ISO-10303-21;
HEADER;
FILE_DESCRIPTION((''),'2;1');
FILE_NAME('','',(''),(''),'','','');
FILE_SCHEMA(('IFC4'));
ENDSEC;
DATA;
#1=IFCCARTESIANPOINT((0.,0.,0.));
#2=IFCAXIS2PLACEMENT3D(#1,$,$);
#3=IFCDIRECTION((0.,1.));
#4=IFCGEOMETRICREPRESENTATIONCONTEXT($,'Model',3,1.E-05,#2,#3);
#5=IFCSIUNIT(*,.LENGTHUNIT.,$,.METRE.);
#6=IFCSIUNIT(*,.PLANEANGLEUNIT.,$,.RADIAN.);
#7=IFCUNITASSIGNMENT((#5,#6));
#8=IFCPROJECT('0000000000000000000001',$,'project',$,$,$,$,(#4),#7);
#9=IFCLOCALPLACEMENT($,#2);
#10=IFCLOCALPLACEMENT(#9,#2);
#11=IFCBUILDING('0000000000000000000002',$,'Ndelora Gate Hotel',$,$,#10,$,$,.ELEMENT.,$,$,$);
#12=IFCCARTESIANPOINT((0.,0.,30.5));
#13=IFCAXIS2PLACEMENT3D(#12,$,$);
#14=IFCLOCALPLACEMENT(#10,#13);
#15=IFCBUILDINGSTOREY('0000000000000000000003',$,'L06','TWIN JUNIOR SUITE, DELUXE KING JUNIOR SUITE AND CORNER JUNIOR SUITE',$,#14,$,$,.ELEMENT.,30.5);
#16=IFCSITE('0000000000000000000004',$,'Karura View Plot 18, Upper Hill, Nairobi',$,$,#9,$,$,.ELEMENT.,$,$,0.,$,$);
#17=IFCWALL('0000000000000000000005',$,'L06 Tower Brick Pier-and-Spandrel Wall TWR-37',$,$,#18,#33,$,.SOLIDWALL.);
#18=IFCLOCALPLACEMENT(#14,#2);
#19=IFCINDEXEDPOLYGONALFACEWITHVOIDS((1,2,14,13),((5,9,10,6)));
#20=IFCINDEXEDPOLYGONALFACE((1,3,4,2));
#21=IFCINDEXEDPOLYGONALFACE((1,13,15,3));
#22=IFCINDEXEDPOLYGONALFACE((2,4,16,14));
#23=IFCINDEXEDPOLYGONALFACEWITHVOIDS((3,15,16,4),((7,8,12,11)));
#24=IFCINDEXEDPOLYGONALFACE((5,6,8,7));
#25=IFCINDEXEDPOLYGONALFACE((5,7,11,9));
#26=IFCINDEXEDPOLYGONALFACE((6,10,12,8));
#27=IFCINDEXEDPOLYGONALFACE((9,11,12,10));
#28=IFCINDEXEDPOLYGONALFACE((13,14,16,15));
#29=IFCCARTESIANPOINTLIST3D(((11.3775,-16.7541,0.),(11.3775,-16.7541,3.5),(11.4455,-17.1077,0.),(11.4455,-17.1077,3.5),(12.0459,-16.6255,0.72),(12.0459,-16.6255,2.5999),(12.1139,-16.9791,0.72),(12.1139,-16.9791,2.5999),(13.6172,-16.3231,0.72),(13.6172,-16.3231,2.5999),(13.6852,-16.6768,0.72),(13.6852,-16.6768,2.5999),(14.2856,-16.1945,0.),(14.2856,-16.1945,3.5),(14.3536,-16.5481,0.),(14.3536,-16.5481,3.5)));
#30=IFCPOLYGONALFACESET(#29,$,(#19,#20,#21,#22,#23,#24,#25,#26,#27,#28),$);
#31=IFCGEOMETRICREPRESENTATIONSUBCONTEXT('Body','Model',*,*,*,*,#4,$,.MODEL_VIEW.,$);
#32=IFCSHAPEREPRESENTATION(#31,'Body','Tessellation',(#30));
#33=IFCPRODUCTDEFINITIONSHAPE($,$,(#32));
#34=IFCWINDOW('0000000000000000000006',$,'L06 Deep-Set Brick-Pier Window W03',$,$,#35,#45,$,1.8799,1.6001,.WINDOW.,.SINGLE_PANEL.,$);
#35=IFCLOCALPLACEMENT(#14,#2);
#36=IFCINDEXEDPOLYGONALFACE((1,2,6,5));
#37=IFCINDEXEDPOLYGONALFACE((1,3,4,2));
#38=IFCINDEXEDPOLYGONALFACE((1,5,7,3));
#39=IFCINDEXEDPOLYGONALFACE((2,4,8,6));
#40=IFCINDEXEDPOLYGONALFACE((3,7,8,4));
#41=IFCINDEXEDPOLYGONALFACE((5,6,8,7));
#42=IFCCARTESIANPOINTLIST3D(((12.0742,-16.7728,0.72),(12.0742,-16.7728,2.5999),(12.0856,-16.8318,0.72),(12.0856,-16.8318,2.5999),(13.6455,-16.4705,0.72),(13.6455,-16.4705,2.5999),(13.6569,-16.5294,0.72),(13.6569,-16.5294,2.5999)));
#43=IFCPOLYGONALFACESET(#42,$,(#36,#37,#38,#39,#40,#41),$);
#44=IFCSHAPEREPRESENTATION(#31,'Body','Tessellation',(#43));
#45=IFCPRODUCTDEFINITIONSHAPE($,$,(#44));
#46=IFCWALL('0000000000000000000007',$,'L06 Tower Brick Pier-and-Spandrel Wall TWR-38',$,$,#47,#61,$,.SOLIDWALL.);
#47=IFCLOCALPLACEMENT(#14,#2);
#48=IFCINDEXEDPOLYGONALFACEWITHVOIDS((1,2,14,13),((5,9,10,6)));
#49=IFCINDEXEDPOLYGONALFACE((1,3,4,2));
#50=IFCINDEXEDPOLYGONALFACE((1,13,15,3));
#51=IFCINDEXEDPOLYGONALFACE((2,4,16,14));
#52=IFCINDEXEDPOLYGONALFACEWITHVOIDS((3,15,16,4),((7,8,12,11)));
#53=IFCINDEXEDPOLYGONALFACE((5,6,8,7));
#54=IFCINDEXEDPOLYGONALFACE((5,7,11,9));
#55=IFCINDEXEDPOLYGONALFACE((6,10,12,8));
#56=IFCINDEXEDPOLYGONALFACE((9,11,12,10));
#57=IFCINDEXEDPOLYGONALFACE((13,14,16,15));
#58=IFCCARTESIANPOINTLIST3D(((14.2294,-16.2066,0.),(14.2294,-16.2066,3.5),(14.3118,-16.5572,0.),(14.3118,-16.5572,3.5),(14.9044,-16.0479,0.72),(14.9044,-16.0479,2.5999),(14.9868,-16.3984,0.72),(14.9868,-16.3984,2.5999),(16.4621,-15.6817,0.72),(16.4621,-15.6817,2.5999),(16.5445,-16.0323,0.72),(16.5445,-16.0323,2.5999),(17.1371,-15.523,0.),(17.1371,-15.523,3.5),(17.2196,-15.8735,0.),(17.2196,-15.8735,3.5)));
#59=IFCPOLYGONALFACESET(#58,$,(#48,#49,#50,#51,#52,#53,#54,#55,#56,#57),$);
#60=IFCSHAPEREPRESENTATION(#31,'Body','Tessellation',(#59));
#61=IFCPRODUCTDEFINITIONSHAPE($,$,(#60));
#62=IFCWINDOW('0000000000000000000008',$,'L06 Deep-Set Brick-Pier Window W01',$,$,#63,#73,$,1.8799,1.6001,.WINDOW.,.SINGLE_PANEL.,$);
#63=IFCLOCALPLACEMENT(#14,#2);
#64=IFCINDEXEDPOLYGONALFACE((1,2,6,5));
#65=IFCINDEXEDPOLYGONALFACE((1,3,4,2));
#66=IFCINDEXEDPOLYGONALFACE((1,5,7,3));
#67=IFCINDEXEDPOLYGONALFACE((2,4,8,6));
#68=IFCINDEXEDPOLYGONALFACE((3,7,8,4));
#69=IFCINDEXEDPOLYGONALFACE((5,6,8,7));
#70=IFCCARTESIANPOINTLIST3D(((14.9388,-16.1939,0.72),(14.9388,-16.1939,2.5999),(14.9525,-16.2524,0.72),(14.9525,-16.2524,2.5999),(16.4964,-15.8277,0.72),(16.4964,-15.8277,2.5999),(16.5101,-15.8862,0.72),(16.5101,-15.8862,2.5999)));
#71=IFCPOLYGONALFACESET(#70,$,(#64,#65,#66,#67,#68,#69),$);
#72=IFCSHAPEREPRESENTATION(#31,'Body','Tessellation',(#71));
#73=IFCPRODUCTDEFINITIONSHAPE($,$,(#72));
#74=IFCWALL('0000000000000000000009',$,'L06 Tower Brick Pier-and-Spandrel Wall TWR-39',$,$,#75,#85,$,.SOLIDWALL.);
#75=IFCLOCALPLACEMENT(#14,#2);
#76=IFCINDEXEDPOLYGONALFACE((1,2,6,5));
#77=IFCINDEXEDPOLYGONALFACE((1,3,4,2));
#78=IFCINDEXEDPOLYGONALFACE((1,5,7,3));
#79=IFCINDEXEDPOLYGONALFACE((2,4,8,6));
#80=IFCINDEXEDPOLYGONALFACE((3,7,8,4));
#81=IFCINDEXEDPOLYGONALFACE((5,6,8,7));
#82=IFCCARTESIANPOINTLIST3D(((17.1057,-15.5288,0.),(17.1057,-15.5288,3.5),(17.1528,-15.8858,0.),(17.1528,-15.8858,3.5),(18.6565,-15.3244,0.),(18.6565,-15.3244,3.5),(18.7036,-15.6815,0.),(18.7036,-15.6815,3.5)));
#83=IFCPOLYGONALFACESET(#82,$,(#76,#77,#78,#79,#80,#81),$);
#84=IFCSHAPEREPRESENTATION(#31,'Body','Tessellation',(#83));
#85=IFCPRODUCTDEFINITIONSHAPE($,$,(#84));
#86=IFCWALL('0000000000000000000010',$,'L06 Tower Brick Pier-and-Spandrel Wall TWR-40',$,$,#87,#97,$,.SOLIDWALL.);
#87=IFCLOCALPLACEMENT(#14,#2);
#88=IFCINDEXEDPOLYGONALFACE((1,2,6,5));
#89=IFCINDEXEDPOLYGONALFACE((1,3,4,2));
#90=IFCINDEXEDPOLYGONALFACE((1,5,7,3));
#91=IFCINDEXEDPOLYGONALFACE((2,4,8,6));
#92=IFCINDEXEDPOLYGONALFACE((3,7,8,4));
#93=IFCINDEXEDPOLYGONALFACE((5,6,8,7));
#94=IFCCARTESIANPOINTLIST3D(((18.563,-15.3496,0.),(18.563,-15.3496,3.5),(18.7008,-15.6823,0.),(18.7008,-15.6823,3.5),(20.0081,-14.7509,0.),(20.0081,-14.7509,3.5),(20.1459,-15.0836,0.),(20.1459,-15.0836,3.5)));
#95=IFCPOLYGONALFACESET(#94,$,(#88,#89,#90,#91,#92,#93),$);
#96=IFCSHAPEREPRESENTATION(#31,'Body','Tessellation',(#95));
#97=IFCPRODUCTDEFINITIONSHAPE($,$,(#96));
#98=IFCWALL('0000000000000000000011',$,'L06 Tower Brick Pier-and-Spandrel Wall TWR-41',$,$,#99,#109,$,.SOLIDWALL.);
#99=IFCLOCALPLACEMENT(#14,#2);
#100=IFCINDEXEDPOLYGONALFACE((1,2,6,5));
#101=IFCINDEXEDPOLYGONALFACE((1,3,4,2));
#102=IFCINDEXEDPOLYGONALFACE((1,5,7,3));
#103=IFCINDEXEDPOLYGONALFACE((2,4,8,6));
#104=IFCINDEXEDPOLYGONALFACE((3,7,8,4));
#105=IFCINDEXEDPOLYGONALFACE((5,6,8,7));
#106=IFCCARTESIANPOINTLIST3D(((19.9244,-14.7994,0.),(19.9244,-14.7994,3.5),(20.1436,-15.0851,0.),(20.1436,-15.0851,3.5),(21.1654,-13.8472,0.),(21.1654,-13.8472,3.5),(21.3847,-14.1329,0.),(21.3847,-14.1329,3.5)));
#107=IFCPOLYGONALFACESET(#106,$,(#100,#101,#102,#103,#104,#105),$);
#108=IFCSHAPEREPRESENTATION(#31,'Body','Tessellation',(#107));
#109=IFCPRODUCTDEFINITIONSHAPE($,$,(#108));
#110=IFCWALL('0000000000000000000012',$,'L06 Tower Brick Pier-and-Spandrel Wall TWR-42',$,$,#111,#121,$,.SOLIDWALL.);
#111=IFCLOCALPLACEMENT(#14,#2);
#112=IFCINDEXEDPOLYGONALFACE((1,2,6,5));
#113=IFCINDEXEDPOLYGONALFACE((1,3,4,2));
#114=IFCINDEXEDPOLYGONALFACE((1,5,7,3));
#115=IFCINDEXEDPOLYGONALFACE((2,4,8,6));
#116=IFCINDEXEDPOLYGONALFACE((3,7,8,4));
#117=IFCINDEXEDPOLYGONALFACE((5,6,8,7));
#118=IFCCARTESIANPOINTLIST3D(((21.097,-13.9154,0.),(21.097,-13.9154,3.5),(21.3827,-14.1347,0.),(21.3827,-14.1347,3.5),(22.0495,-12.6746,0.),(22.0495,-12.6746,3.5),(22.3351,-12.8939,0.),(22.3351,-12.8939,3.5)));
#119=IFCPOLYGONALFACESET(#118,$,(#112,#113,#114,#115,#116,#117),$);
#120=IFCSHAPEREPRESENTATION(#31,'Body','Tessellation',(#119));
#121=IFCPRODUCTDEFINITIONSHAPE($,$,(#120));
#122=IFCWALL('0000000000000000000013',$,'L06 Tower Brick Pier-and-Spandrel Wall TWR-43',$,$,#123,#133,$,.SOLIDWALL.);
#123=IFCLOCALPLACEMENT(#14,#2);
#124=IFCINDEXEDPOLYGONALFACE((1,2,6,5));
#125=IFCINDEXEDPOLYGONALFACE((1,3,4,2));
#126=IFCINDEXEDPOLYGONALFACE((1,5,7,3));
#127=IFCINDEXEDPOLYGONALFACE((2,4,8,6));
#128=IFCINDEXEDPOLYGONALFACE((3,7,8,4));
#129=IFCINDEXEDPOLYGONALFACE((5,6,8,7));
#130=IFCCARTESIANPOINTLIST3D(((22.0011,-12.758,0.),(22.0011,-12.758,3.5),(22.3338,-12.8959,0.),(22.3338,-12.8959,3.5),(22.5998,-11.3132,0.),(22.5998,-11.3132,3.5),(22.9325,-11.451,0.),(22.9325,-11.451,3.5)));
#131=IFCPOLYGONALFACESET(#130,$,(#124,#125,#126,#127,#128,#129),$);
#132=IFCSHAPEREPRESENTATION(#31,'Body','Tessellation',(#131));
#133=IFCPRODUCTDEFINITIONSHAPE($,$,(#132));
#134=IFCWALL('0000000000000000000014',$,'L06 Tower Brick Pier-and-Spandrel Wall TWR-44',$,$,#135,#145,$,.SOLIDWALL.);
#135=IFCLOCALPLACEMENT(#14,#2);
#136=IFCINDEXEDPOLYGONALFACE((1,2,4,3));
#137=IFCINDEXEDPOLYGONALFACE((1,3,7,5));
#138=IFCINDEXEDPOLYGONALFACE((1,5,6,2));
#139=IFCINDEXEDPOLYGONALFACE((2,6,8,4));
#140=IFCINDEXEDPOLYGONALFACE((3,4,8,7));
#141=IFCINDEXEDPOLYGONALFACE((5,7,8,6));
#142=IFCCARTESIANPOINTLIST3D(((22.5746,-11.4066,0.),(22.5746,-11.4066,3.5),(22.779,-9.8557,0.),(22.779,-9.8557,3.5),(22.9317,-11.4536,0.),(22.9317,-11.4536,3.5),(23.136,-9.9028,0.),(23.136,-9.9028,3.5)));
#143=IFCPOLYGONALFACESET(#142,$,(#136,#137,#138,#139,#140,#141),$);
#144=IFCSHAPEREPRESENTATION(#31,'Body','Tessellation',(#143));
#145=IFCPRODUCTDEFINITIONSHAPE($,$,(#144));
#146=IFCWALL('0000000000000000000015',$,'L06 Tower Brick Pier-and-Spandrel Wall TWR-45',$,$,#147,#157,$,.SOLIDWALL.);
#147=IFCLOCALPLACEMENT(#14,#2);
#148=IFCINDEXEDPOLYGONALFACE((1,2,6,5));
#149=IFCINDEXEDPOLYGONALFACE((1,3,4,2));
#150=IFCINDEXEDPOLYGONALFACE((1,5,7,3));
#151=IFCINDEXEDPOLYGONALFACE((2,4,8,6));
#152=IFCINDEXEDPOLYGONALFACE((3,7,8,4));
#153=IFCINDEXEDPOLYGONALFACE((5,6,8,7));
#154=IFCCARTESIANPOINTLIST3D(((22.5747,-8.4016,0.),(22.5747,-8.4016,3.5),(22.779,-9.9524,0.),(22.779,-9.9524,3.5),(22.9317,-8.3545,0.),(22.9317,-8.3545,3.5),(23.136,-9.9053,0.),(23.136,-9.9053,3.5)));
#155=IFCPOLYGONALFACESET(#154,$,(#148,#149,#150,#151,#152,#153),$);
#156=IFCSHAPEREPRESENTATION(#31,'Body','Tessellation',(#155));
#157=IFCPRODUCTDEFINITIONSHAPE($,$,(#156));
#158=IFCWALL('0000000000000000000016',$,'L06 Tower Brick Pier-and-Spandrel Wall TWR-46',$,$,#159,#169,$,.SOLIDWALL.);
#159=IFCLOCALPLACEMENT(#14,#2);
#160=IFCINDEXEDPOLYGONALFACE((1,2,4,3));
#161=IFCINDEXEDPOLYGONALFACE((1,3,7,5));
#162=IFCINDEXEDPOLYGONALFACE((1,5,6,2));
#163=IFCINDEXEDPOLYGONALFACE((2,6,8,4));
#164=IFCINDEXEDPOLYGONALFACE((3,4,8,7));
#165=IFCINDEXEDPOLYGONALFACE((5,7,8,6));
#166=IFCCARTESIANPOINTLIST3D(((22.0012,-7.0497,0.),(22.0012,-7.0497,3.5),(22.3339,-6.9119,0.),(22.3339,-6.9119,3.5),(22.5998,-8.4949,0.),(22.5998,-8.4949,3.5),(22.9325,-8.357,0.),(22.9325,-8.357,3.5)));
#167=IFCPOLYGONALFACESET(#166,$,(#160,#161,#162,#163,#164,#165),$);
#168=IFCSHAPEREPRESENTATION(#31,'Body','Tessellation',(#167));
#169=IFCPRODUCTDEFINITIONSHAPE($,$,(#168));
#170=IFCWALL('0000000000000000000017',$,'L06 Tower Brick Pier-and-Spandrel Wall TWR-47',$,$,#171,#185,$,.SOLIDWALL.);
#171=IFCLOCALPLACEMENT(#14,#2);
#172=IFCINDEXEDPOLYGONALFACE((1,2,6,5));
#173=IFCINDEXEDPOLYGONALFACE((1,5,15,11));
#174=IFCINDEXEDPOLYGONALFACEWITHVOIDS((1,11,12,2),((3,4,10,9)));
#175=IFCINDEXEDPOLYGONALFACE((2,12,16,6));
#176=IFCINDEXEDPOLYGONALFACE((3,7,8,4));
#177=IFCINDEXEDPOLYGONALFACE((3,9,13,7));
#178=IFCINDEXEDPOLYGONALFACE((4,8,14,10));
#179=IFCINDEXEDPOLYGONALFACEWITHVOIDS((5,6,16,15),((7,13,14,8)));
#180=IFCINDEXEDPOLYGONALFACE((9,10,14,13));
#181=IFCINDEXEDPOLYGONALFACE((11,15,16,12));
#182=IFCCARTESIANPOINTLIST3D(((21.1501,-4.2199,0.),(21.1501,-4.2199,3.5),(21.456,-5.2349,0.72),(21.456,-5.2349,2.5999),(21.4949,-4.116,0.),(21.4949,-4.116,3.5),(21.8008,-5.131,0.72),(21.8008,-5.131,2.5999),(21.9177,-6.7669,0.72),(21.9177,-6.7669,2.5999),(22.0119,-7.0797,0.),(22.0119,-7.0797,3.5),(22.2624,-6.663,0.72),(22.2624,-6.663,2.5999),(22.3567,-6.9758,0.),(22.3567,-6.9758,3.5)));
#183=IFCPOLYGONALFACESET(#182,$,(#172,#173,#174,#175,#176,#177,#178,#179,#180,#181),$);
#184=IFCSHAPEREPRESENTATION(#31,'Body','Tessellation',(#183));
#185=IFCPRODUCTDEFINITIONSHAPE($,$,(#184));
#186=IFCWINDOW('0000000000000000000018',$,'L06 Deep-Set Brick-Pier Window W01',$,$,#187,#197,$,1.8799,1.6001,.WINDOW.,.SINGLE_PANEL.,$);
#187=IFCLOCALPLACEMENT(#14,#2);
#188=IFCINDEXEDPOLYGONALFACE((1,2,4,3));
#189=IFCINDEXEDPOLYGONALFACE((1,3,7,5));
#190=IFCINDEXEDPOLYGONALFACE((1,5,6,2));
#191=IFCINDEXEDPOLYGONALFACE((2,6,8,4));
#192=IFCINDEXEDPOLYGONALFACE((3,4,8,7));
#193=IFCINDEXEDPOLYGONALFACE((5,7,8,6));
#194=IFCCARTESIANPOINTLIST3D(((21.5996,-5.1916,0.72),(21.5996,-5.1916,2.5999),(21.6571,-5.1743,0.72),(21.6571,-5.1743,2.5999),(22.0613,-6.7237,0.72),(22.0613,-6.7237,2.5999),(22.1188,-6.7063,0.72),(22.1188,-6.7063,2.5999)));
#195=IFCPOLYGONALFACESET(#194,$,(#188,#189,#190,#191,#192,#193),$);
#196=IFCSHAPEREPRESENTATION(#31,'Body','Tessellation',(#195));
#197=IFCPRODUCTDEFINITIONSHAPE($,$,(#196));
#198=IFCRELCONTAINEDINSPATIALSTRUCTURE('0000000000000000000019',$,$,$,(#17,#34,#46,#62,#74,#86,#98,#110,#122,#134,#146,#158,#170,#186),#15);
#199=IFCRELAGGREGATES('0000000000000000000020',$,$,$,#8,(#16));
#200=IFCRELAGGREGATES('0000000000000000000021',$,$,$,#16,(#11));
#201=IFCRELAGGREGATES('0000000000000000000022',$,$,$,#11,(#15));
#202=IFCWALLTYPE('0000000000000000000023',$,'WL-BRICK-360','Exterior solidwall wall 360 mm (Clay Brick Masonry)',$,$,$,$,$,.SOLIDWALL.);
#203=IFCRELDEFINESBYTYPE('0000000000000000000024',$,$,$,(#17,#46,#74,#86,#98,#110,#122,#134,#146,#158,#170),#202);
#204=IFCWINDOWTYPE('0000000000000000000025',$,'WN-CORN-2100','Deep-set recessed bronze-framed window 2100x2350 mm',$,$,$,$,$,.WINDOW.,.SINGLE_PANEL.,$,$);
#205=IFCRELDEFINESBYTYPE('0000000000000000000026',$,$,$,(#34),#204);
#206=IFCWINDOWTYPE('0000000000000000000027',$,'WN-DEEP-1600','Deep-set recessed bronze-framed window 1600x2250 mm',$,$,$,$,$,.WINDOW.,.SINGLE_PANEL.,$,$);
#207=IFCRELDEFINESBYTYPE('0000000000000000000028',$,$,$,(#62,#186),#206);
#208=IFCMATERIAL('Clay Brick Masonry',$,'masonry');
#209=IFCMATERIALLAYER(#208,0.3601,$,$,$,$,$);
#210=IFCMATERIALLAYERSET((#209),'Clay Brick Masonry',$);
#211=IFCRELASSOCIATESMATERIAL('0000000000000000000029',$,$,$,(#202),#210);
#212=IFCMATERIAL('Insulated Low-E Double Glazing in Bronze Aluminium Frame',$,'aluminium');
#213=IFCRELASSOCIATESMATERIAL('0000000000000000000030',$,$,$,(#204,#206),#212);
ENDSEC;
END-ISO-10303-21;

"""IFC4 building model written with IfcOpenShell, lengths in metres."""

from ifc_helpers import new_model, si_unit, direction, frame, frame_2d, origin, place, context, subcontext, project, spatial, rectangle, extrude, material, layer, layer_set, type_object, element, fill, save


model = new_model("IFC4")

# Units and contexts
model_context = context("Model", 3, precision=1e-05, world=origin(), true_north=direction((0.0, 1.0)))
body_context = subcontext(model_context, "Body", "Model", "MODEL_VIEW")
ifc_project = project(units=[si_unit("LENGTHUNIT", "METRE"), si_unit("PLANEANGLEUNIT", "RADIAN")], contexts=[model_context])

# Site, building, storey
site_placement = place(None, origin())
site = spatial("IfcSite", under=ifc_project, at=site_placement, Name="Karura View Plot 18, Upper Hill, Nairobi", CompositionType="ELEMENT", RefElevation=0.0)
building_placement = place(site_placement, origin())
building = spatial("IfcBuilding", under=site, at=building_placement, Name="Ndelora Gate Hotel", CompositionType="ELEMENT")
storey_placement = place(building_placement, frame((0.0, 0.0, 30.5)))
storey = spatial("IfcBuildingStorey", under=building, at=storey_placement, Name="L06", Description="TWIN JUNIOR SUITE, DELUXE KING JUNIOR SUITE AND CORNER JUNIOR SUITE", CompositionType="ELEMENT", Elevation=30.5)

# Walls, openings, windows
ifc_material_1 = material(Name="Clay Brick Masonry", Category="masonry")
ifc_layer_1 = layer(ifc_material_1, 0.3601)
ifc_layer_set_1 = layer_set([ifc_layer_1], Name="Clay Brick Masonry")
wall_type_1 = type_object("IfcWallType", Name="WL-BRICK-360", Description="Exterior solidwall wall 360 mm (Clay Brick Masonry)", PredefinedType="SOLIDWALL", material=ifc_layer_set_1)
wall_1_placement = place(storey_placement, frame((14.3196, -16.3713, 0.0), z_axis=(0.0, 0.0, 1.0), x_axis=(-0.981985, -0.188961, 0.0)))
wall_1 = element("IfcWall", 1, at=wall_1_placement, inside=storey, type_object=wall_type_1, Name="L06 Tower Brick Pier-and-Spandrel Wall TWR-37", PredefinedType="SOLIDWALL", context=body_context, shape_type="SweptSolid", body=[
    extrude(rectangle(XDim=2.9614, YDim=0.3601, at=frame_2d((1.4807, 0.0))), origin(), (0.0, 0.0, 1.0), 3.5),
])
opening_1_placement = place(wall_1_placement, frame((0.6807, 0.0, 0.72)))
opening_1 = element("IfcOpeningElement", 2, at=opening_1_placement, cuts=wall_1, PredefinedType="OPENING", context=body_context, shape_type="SweptSolid", body=[
    extrude(rectangle(XDim=1.6001, YDim=1.8799, at=frame_2d((0.8, 0.9399))), frame((0.0, 0.1899, 0.0), z_axis=(0.0, -1.0, 0.0), x_axis=(1.0, 0.0, 0.0)), (0.0, 0.0, 1.0), 0.3801),
])
ifc_material_2 = material(Name="Insulated Low-E Double Glazing in Bronze Aluminium Frame", Category="aluminium")
window_type_1 = type_object("IfcWindowType", Name="WN-CORN-2100", Description="Deep-set recessed bronze-framed window 2100x2350 mm", PartitioningType="SINGLE_PANEL", PredefinedType="WINDOW", material=ifc_material_2)
window_1_placement = place(opening_1_placement, origin())
window_1 = element("IfcWindow", 3, at=window_1_placement, inside=storey, type_object=window_type_1, Name="L06 Deep-Set Brick-Pier Window W03", OverallHeight=1.8799, OverallWidth=1.6001, PartitioningType="SINGLE_PANEL", PredefinedType="WINDOW", context=body_context, shape_type="SweptSolid", body=[
    extrude(rectangle(XDim=1.6001, YDim=1.8799, at=frame_2d((0.8, 0.9399))), frame((0.0, 0.03, 0.0), z_axis=(0.0, -1.0, 0.0), x_axis=(1.0, 0.0, 0.0)), (0.0, 0.0, 1.0), 0.0601),
])
fill(opening_1, window_1)
wall_2_placement = place(storey_placement, frame((17.1785, -15.6982, 0.0), z_axis=(0.0, 0.0, 1.0), x_axis=(-0.97346, -0.228857, 0.0)))
wall_2 = element("IfcWall", 4, at=wall_2_placement, inside=storey, type_object=wall_type_1, Name="L06 Tower Brick Pier-and-Spandrel Wall TWR-38", PredefinedType="SOLIDWALL", context=body_context, shape_type="SweptSolid", body=[
    extrude(rectangle(XDim=2.9871, YDim=0.3601, at=frame_2d((1.4937, 0.0))), origin(), (0.0, 0.0, 1.0), 3.5),
])
opening_2_placement = place(wall_2_placement, frame((0.6936, 0.0, 0.72)))
opening_2 = element("IfcOpeningElement", 5, at=opening_2_placement, cuts=wall_2, PredefinedType="OPENING", context=body_context, shape_type="SweptSolid", body=[
    extrude(rectangle(XDim=1.6001, YDim=1.8799, at=frame_2d((0.8, 0.9399))), frame((0.0, 0.1899, 0.0), z_axis=(0.0, -1.0, 0.0), x_axis=(1.0, 0.0, 0.0)), (0.0, 0.0, 1.0), 0.3801),
])
window_type_2 = type_object("IfcWindowType", Name="WN-DEEP-1600", Description="Deep-set recessed bronze-framed window 1600x2250 mm", PartitioningType="SINGLE_PANEL", PredefinedType="WINDOW", material=ifc_material_2)
window_2_placement = place(opening_2_placement, origin())
window_2 = element("IfcWindow", 6, at=window_2_placement, inside=storey, type_object=window_type_2, Name="L06 Deep-Set Brick-Pier Window W01", OverallHeight=1.8799, OverallWidth=1.6001, PartitioningType="SINGLE_PANEL", PredefinedType="WINDOW", context=body_context, shape_type="SweptSolid", body=[
    extrude(rectangle(XDim=1.6001, YDim=1.8799, at=frame_2d((0.8, 0.9399))), frame((0.0, 0.03, 0.0), z_axis=(0.0, -1.0, 0.0), x_axis=(1.0, 0.0, 0.0)), (0.0, 0.0, 1.0), 0.0601),
])
fill(opening_2, window_2)

# Walls
for number, where, z_axis, x_axis, name in (
    (7, (18.6802, -15.5029, 0.0), (0.0, 0.0, 1.0), (-0.99143, -0.13064, 0.0), "L06 Tower Brick Pier-and-Spandrel Wall TWR-39"),
    (8, (20.0771, -14.9172, 0.0), (0.0, 0.0, 1.0), (-0.923865, -0.382719, 0.0), "L06 Tower Brick Pier-and-Spandrel Wall TWR-40"),
    (9, (21.2751, -13.99, 0.0), (0.0, 0.0, 1.0), (-0.793378, -0.60873, 0.0), "L06 Tower Brick Pier-and-Spandrel Wall TWR-41"),
    (10, (22.1924, -12.7842, 0.0), (0.0, 0.0, 1.0), (-0.608903, -0.793244, 0.0), "L06 Tower Brick Pier-and-Spandrel Wall TWR-42"),
):
    element("IfcWall", number, at=place(storey_placement, frame(where, z_axis=z_axis, x_axis=x_axis)), inside=storey, type_object=wall_type_1, Name=name, PredefinedType="SOLIDWALL", context=body_context, shape_type="SweptSolid", body=[
        extrude(rectangle(XDim=1.5642, YDim=0.3601, at=frame_2d((0.7822, 0.0))), origin(), (0.0, 0.0, 1.0), 3.5),
    ])
wall_3_placement = place(storey_placement, frame((22.7661, -11.3821, 0.0), z_axis=(0.0, 0.0, 1.0), x_axis=(-0.382775, -0.923842, 0.0)))
element("IfcWall", 11, at=wall_3_placement, inside=storey, type_object=wall_type_1, Name="L06 Tower Brick Pier-and-Spandrel Wall TWR-43", PredefinedType="SOLIDWALL", context=body_context, shape_type="SweptSolid", body=[
    extrude(rectangle(XDim=1.564, YDim=0.3601, at=frame_2d((0.782, 0.0))), origin(), (0.0, 0.0, 1.0), 3.5),
])
for number, where, z_axis, x_axis, name in (
    (12, (22.9575, -9.8792, 0.0), (0.0, 0.0, 1.0), (-0.13064, -0.99143, 0.0), "L06 Tower Brick Pier-and-Spandrel Wall TWR-44"),
    (13, (22.7532, -8.3779, 0.0), (0.0, 0.0, 1.0), (0.13064, -0.99143, 0.0), "L06 Tower Brick Pier-and-Spandrel Wall TWR-45"),
    (14, (22.1675, -6.9807, 0.0), (0.0, 0.0, 1.0), (0.382719, -0.923865, 0.0), "L06 Tower Brick Pier-and-Spandrel Wall TWR-46"),
):
    element("IfcWall", number, at=place(storey_placement, frame(where, z_axis=z_axis, x_axis=x_axis)), inside=storey, type_object=wall_type_1, Name=name, PredefinedType="SOLIDWALL", context=body_context, shape_type="SweptSolid", body=[
        extrude(rectangle(XDim=1.5642, YDim=0.3601, at=frame_2d((0.7822, 0.0))), origin(), (0.0, 0.0, 1.0), 3.5),
    ])

# Wall, opening, window
wall_4_placement = place(storey_placement, frame((21.3225, -4.168, 0.0), z_axis=(0.0, 0.0, 1.0), x_axis=(0.288532, -0.95747, 0.0)))
wall_4 = element("IfcWall", 15, at=wall_4_placement, inside=storey, type_object=wall_type_1, Name="L06 Tower Brick Pier-and-Spandrel Wall TWR-47", PredefinedType="SOLIDWALL", context=body_context, shape_type="SweptSolid", body=[
    extrude(rectangle(XDim=2.9868, YDim=0.3601, at=frame_2d((1.4934, 0.0))), origin(), (0.0, 0.0, 1.0), 3.5),
])
opening_3_placement = place(wall_4_placement, frame((1.0601, 0.0, 0.72)))
opening_3 = element("IfcOpeningElement", 16, at=opening_3_placement, cuts=wall_4, PredefinedType="OPENING", context=body_context, shape_type="SweptSolid", body=[
    extrude(rectangle(XDim=1.6001, YDim=1.8799, at=frame_2d((0.8, 0.9399))), frame((0.0, 0.1899, 0.0), z_axis=(0.0, -1.0, 0.0), x_axis=(1.0, 0.0, 0.0)), (0.0, 0.0, 1.0), 0.3801),
])
window_3_placement = place(opening_3_placement, origin())
window_3 = element("IfcWindow", 17, at=window_3_placement, inside=storey, type_object=window_type_2, Name="L06 Deep-Set Brick-Pier Window W01", OverallHeight=1.8799, OverallWidth=1.6001, PartitioningType="SINGLE_PANEL", PredefinedType="WINDOW", context=body_context, shape_type="SweptSolid", body=[
    extrude(rectangle(XDim=1.6001, YDim=1.8799, at=frame_2d((0.8, 0.9399))), frame((0.0, 0.03, 0.0), z_axis=(0.0, -1.0, 0.0), x_axis=(1.0, 0.0, 0.0)), (0.0, 0.0, 1.0), 0.0601),
])
fill(opening_3, window_3)

save(model, "model.ifc")
